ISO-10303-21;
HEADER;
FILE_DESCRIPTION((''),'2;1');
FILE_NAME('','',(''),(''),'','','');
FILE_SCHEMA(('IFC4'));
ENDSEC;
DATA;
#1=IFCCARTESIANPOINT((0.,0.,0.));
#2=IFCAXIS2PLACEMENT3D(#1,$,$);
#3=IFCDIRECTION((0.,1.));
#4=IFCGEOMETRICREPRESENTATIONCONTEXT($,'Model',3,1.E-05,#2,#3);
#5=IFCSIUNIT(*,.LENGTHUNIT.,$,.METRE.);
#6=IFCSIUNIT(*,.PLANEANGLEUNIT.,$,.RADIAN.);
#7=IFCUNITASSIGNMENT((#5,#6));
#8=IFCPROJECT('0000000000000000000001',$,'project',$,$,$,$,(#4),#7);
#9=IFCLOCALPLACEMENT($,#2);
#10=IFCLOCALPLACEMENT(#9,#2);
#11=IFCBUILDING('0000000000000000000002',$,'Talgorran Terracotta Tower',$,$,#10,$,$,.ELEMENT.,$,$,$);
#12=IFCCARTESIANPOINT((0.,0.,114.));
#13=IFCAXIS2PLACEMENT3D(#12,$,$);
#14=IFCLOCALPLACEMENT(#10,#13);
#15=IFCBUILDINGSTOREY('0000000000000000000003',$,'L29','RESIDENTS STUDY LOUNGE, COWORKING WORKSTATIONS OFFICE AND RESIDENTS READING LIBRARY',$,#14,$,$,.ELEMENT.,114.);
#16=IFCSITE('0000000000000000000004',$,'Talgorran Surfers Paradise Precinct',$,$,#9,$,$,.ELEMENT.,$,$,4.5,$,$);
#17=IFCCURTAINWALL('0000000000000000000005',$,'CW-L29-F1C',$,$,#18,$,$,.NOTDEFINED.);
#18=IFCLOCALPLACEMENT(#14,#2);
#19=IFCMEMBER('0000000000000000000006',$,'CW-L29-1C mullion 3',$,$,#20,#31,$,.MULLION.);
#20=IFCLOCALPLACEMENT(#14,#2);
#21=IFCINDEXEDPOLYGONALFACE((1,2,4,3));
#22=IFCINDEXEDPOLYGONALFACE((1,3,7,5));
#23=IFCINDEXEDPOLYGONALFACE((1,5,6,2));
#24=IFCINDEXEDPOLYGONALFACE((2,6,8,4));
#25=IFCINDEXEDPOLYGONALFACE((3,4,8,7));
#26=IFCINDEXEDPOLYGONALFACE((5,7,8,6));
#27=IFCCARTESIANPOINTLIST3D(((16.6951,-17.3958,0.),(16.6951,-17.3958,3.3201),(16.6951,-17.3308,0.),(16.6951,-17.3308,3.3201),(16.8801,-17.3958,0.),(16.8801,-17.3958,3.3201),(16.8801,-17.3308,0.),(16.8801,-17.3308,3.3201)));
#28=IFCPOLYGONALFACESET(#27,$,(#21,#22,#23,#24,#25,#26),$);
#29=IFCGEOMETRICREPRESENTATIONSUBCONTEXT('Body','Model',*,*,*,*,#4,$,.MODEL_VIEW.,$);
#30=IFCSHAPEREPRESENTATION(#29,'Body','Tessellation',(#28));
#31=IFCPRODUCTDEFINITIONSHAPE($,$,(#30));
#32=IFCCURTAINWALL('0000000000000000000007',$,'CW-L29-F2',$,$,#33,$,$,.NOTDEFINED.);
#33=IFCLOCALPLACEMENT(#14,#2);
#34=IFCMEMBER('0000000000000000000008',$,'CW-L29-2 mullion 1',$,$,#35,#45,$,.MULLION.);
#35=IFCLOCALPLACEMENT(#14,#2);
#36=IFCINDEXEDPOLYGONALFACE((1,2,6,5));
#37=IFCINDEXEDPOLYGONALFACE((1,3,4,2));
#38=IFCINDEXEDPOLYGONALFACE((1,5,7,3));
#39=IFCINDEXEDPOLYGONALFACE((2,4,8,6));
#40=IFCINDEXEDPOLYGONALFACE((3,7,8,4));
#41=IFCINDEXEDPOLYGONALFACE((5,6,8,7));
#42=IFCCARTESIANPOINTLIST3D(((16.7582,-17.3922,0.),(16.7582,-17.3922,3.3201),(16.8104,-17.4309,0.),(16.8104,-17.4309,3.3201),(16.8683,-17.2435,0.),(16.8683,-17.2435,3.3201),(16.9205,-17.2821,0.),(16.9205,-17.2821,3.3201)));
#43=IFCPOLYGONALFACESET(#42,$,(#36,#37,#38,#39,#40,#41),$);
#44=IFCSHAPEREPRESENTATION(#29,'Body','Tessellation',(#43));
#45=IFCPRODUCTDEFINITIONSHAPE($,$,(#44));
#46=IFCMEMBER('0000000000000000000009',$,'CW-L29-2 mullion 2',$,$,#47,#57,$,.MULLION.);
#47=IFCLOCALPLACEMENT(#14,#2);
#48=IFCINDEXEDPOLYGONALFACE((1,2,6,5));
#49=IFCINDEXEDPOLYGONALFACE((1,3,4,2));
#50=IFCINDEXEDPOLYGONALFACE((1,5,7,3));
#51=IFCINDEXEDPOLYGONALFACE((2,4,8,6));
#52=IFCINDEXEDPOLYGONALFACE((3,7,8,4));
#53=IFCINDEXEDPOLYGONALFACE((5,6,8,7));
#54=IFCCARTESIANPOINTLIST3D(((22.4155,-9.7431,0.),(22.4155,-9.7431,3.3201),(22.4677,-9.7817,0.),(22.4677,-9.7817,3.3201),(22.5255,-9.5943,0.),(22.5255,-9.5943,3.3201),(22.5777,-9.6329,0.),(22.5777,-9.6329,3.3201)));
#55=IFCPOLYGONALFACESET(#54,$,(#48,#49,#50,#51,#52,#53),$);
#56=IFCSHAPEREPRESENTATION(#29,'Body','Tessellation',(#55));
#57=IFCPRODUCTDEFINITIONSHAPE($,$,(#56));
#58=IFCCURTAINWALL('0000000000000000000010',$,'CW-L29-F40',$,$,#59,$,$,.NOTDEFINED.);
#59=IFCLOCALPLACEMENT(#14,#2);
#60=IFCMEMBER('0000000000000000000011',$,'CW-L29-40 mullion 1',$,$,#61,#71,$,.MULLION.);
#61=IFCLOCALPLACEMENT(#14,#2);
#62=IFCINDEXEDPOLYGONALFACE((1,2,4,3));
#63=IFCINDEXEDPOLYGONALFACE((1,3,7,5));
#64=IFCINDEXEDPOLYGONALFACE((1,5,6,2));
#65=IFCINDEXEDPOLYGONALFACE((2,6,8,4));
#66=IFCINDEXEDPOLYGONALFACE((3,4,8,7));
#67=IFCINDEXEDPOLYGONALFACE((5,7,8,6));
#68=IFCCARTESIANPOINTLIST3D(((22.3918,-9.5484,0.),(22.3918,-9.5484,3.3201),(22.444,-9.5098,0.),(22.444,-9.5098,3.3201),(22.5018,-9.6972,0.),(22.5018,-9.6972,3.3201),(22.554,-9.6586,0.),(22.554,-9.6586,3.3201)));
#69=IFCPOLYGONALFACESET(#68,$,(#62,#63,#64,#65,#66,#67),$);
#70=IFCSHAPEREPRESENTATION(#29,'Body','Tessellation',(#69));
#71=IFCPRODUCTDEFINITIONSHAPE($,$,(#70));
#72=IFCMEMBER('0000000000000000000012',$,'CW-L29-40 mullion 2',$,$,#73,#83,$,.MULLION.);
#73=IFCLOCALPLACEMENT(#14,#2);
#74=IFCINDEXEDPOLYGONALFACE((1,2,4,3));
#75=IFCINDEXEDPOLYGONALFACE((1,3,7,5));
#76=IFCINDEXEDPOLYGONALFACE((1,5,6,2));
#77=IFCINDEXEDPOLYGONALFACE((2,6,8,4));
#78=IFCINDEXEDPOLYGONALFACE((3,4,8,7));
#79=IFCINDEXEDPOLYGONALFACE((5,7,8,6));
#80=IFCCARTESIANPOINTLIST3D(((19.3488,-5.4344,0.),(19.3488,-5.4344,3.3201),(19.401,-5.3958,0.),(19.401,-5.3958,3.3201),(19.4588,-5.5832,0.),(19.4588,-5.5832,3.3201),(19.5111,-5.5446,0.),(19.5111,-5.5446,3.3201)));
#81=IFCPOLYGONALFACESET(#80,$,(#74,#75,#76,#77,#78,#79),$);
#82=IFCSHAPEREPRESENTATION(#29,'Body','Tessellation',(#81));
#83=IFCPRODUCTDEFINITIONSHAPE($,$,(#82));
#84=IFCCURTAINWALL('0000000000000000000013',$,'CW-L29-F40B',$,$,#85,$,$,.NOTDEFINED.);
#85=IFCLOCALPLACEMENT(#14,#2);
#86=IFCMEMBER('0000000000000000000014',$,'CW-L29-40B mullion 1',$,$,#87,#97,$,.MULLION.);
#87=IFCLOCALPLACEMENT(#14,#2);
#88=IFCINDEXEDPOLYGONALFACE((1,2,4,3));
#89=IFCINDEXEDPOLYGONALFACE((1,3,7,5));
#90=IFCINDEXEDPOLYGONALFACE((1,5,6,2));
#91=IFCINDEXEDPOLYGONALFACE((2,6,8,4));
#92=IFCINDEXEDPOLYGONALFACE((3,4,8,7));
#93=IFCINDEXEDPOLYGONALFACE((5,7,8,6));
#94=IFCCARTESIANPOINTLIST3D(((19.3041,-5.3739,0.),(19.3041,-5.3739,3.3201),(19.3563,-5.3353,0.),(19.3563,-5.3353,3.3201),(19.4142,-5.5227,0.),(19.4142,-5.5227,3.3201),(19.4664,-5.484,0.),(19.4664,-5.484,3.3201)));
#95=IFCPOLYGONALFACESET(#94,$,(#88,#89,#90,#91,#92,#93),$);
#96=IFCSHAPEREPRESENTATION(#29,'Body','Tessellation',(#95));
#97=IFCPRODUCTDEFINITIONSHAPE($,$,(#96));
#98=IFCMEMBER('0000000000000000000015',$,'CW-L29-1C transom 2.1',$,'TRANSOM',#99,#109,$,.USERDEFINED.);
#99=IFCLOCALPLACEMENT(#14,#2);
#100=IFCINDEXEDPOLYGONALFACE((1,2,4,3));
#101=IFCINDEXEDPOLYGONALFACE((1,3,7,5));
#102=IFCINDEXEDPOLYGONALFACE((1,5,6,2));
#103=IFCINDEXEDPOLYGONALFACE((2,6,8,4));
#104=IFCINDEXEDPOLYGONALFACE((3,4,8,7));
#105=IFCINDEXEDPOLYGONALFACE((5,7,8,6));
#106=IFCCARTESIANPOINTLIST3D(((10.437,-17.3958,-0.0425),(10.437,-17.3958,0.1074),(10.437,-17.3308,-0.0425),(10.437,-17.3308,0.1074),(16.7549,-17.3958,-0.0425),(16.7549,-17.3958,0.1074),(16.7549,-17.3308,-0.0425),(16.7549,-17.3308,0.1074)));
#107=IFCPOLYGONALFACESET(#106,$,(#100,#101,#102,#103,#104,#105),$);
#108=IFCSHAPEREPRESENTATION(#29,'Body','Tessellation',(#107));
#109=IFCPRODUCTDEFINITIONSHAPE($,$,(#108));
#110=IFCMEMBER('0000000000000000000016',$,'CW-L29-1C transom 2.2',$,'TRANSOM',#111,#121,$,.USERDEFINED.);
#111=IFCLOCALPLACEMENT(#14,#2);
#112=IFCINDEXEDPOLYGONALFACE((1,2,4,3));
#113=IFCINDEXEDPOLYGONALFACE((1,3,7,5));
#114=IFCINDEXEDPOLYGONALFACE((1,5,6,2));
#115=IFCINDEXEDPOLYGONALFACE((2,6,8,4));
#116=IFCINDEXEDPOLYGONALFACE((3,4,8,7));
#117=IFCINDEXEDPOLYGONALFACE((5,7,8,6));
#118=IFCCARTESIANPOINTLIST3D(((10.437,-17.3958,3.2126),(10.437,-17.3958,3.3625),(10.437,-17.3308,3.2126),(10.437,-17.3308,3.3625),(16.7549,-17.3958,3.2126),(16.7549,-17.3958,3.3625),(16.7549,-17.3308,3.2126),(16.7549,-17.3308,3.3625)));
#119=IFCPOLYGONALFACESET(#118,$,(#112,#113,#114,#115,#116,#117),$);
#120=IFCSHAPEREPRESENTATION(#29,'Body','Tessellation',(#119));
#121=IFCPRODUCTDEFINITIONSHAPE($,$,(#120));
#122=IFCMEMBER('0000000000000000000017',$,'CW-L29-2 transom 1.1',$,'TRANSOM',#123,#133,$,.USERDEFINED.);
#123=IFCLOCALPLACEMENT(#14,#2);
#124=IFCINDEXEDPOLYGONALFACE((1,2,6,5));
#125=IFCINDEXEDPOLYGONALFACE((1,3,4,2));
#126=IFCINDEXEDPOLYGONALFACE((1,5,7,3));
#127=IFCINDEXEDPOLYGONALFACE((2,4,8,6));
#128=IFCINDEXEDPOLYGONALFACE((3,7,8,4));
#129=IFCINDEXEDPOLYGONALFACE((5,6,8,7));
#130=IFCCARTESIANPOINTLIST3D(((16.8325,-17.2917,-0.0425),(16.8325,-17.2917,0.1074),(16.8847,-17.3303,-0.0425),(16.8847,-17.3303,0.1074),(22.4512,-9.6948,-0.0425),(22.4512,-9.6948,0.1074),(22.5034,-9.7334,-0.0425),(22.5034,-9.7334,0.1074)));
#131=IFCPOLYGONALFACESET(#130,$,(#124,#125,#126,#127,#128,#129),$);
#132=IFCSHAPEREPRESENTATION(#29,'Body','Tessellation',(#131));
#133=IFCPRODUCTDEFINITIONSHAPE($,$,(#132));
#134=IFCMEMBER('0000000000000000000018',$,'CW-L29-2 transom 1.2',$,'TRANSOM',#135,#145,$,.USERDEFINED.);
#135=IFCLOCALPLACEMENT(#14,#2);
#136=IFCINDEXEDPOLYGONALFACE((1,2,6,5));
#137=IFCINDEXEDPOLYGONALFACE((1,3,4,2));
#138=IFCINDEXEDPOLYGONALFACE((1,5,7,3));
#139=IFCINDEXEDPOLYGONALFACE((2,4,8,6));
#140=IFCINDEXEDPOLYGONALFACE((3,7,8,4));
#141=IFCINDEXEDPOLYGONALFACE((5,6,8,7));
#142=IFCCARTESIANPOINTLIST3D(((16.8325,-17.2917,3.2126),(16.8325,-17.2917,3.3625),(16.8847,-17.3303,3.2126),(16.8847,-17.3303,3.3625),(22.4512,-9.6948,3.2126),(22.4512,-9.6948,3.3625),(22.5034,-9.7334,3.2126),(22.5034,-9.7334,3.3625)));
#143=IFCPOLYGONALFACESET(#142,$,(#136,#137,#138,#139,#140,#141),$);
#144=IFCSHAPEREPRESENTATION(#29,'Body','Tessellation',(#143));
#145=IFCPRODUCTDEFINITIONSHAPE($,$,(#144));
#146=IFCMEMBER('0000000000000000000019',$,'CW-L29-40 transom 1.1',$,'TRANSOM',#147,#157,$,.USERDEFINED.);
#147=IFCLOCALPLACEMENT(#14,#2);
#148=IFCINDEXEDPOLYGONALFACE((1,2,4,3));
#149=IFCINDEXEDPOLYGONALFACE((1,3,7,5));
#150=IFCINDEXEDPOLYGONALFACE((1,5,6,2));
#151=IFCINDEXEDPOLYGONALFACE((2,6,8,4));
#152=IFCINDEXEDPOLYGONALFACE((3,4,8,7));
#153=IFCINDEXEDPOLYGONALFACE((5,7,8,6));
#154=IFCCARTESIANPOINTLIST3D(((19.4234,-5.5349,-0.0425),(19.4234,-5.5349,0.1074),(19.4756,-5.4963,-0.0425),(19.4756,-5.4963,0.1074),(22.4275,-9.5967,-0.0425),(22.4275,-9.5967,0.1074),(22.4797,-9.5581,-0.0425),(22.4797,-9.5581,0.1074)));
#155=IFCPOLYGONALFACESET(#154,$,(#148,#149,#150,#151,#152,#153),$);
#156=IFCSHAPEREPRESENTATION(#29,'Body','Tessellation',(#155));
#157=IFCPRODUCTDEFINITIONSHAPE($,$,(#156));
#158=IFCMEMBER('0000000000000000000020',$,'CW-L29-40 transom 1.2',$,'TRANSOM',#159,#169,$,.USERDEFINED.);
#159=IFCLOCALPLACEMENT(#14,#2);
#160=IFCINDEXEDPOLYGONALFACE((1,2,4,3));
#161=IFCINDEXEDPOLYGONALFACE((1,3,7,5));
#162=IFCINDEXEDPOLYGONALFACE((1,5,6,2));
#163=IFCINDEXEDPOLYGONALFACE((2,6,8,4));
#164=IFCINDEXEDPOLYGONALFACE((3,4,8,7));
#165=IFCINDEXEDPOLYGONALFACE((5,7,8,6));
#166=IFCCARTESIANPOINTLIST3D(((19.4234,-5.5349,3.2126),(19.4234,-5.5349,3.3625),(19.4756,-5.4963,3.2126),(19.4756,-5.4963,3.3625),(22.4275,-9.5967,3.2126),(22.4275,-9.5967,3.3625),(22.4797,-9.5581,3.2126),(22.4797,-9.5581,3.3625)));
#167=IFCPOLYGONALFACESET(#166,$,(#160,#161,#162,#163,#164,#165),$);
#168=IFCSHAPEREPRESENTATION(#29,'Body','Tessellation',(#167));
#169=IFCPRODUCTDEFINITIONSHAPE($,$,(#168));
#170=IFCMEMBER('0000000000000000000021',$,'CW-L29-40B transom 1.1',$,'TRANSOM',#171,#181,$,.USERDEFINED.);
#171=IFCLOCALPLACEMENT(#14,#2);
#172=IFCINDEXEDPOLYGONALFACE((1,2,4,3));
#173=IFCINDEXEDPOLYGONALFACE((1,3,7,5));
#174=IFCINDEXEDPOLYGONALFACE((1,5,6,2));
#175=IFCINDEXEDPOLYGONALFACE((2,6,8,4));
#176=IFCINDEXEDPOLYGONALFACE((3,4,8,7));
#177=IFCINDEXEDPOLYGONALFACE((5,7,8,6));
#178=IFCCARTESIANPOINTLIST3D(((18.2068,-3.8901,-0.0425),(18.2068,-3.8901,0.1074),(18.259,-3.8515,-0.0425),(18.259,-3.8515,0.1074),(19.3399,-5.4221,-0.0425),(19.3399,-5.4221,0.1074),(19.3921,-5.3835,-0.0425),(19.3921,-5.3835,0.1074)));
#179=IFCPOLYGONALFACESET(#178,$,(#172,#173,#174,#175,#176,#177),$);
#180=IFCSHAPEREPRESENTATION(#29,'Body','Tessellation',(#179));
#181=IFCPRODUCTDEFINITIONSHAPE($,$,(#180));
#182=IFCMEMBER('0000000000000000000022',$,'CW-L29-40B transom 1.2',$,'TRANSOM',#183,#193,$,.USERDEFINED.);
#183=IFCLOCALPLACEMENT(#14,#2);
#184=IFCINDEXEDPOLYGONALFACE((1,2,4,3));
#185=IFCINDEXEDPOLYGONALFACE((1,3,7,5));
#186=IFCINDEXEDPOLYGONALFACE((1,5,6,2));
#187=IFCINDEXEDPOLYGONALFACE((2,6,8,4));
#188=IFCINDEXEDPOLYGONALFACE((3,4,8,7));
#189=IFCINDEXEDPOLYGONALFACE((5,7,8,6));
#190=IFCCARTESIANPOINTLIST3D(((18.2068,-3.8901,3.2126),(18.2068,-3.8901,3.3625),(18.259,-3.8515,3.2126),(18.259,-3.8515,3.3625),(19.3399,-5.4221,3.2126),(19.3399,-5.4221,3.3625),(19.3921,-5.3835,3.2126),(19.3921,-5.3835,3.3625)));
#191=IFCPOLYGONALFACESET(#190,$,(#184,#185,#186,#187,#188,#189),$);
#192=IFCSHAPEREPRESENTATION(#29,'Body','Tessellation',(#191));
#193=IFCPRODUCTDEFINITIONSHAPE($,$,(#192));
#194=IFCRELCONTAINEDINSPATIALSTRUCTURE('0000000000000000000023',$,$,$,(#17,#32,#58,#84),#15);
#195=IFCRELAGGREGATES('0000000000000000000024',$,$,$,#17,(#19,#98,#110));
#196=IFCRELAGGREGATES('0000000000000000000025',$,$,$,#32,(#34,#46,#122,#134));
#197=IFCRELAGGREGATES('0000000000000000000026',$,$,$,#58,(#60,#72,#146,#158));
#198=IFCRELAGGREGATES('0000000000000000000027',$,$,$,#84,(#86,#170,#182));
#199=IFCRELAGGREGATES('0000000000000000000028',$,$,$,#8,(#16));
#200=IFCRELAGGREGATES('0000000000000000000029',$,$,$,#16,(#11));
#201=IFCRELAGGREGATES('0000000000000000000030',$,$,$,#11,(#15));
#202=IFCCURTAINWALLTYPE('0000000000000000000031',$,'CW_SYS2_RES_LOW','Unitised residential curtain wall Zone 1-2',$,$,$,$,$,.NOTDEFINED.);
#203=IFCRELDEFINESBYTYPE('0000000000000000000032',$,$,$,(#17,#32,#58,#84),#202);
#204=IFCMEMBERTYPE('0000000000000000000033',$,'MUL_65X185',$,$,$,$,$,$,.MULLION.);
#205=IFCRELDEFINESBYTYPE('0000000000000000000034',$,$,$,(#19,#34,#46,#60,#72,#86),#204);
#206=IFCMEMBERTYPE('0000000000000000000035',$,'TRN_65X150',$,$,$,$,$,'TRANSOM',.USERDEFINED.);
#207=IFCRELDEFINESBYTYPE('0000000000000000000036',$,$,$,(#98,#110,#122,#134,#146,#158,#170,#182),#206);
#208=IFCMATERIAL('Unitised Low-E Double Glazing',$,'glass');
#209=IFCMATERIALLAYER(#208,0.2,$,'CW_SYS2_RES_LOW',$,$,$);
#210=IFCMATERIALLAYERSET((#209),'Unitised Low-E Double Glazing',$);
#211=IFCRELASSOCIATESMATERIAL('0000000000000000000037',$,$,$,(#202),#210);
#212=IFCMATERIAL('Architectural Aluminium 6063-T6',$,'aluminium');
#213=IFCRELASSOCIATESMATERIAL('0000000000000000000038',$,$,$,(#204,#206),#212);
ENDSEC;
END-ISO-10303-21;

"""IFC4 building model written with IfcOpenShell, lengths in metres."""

from ifc_helpers import new_model, si_unit, direction, frame, origin, origin_2d, place, context, subcontext, project, spatial, rectangle, extrude, material, layer, layer_set, material_profile, profile_set, type_object, element, aggregate, save


model = new_model("IFC4")

# Units and contexts
model_context = context("Model", 3, precision=1e-05, world=origin(), true_north=direction((0.0, 1.0)))
body_context = subcontext(model_context, "Body", "Model", "MODEL_VIEW")
ifc_project = project(units=[si_unit("LENGTHUNIT", "METRE"), si_unit("PLANEANGLEUNIT", "RADIAN")], contexts=[model_context])

# Site, building, storey
site_placement = place(None, origin())
site = spatial("IfcSite", under=ifc_project, at=site_placement, Name="Talgorran Surfers Paradise Precinct", CompositionType="ELEMENT", RefElevation=4.5)
building_placement = place(site_placement, origin())
building = spatial("IfcBuilding", under=site, at=building_placement, Name="Talgorran Terracotta Tower", CompositionType="ELEMENT")
storey_placement = place(building_placement, frame((0.0, 0.0, 114.0)))
storey = spatial("IfcBuildingStorey", under=building, at=storey_placement, Name="L29", Description="RESIDENTS STUDY LOUNGE, COWORKING WORKSTATIONS OFFICE AND RESIDENTS READING LIBRARY", CompositionType="ELEMENT", Elevation=114.0)

# Curtain walls, members
ifc_material_1 = material(Name="Unitised Low-E Double Glazing", Category="glass")
ifc_layer_1 = layer(ifc_material_1, 0.2, Name="CW_SYS2_RES_LOW")
ifc_layer_set_1 = layer_set([ifc_layer_1], Name="Unitised Low-E Double Glazing")
curtain_wall_type = type_object("IfcCurtainWallType", Name="CW_SYS2_RES_LOW", Description="Unitised residential curtain wall Zone 1-2", PredefinedType="NOTDEFINED", material=ifc_layer_set_1)
curtain_wall_1_placement = place(storey_placement, origin())
curtain_wall_1 = element("IfcCurtainWall", 1, at=curtain_wall_1_placement, inside=storey, type_object=curtain_wall_type, Name="CW-L29-F1C", PredefinedType="NOTDEFINED")
ifc_material_2 = material(Name="Architectural Aluminium 6063-T6", Category="aluminium")
ifc_material_profile_1 = material_profile(ifc_material_2, rectangle(XDim=0.0649, YDim=0.1851, at=origin_2d()), Name="CWM65X185")
ifc_profile_set_1 = profile_set([ifc_material_profile_1], Name="Architectural Aluminium 6063-T6")
member_type_1 = type_object("IfcMemberType", Name="MUL_65X185", PredefinedType="MULLION", material=ifc_profile_set_1)
member_1_placement = place(storey_placement, frame((16.7876, -17.3633, 0.0), z_axis=(0.0, 0.0, 1.0), x_axis=(0.0, 1.0, 0.0)))
member_1 = element("IfcMember", 2, at=member_1_placement, type_object=member_type_1, Name="CW-L29-1C mullion 3", PredefinedType="MULLION", context=body_context, shape_type="SweptSolid", body=[
    extrude(rectangle(XDim=0.0649, YDim=0.1851, at=origin_2d()), origin(), (0.0, 0.0, 1.0), 3.3201),
])
curtain_wall_2_placement = place(storey_placement, origin())
curtain_wall_2 = element("IfcCurtainWall", 3, at=curtain_wall_2_placement, inside=storey, type_object=curtain_wall_type, Name="CW-L29-F2", PredefinedType="NOTDEFINED")
member_2_placement = place(storey_placement, frame((16.8394, -17.3372, 0.0), z_axis=(0.0, 0.0, 1.0), x_axis=(-0.803993, 0.594638, 0.0)))
member_2 = element("IfcMember", 4, at=member_2_placement, type_object=member_type_1, Name="CW-L29-2 mullion 1", PredefinedType="MULLION", context=body_context, shape_type="SweptSolid", body=[
    extrude(rectangle(XDim=0.0649, YDim=0.1851, at=origin_2d()), origin(), (0.0, 0.0, 1.0), 3.3201),
])
member_3_placement = place(storey_placement, frame((22.4966, -9.688, 0.0), z_axis=(0.0, 0.0, 1.0), x_axis=(-0.803993, 0.594638, 0.0)))
member_3 = element("IfcMember", 5, at=member_3_placement, type_object=member_type_1, Name="CW-L29-2 mullion 2", PredefinedType="MULLION", context=body_context, shape_type="SweptSolid", body=[
    extrude(rectangle(XDim=0.0649, YDim=0.1851, at=origin_2d()), origin(), (0.0, 0.0, 1.0), 3.3201),
])
curtain_wall_3_placement = place(storey_placement, origin())
curtain_wall_3 = element("IfcCurtainWall", 6, at=curtain_wall_3_placement, inside=storey, type_object=curtain_wall_type, Name="CW-L29-F40", PredefinedType="NOTDEFINED")
member_4_placement = place(storey_placement, frame((22.4729, -9.6035, 0.0), z_axis=(0.0, 0.0, 1.0), x_axis=(-0.803993, -0.594639, 0.0)))
member_4 = element("IfcMember", 7, at=member_4_placement, type_object=member_type_1, Name="CW-L29-40 mullion 1", PredefinedType="MULLION", context=body_context, shape_type="SweptSolid", body=[
    extrude(rectangle(XDim=0.0649, YDim=0.1851, at=origin_2d()), origin(), (0.0, 0.0, 1.0), 3.3201),
])
member_5_placement = place(storey_placement, frame((19.4299, -5.4895, 0.0), z_axis=(0.0, 0.0, 1.0), x_axis=(-0.803993, -0.594639, 0.0)))
member_5 = element("IfcMember", 8, at=member_5_placement, type_object=member_type_1, Name="CW-L29-40 mullion 2", PredefinedType="MULLION", context=body_context, shape_type="SweptSolid", body=[
    extrude(rectangle(XDim=0.0649, YDim=0.1851, at=origin_2d()), origin(), (0.0, 0.0, 1.0), 3.3201),
])

# Curtain wall, member
curtain_wall_4_placement = place(storey_placement, origin())
curtain_wall_4 = element("IfcCurtainWall", 9, at=curtain_wall_4_placement, inside=storey, type_object=curtain_wall_type, Name="CW-L29-F40B", PredefinedType="NOTDEFINED")
member_6_placement = place(storey_placement, frame((19.3853, -5.429, 0.0), z_axis=(0.0, 0.0, 1.0), x_axis=(-0.803996, -0.594634, 0.0)))
member_6 = element("IfcMember", 10, at=member_6_placement, type_object=member_type_1, Name="CW-L29-40B mullion 1", PredefinedType="MULLION", context=body_context, shape_type="SweptSolid", body=[
    extrude(rectangle(XDim=0.0649, YDim=0.1851, at=origin_2d()), origin(), (0.0, 0.0, 1.0), 3.3201),
])

# Members
ifc_material_profile_2 = material_profile(ifc_material_2, rectangle(XDim=0.0649, YDim=0.1499, at=origin_2d()), Name="CWT65X150")
ifc_profile_set_2 = profile_set([ifc_material_profile_2], Name="Architectural Aluminium 6063-T6")
member_type_2 = type_object("IfcMemberType", Name="TRN_65X150", ElementType="TRANSOM", PredefinedType="USERDEFINED", material=ifc_profile_set_2)
member_7_placement = place(storey_placement, frame((10.437, -17.3633, 0.0325), z_axis=(1.0, 0.0, 0.0), x_axis=(0.0, 1.0, 0.0)))
member_7 = element("IfcMember", 11, at=member_7_placement, type_object=member_type_2, Name="CW-L29-1C transom 2.1", ObjectType="TRANSOM", PredefinedType="USERDEFINED", context=body_context, shape_type="SweptSolid", body=[
    extrude(rectangle(XDim=0.0649, YDim=0.1499, at=origin_2d()), origin(), (0.0, 0.0, 1.0), 6.3179),
])
member_8_placement = place(storey_placement, frame((10.437, -17.3633, 3.2876), z_axis=(1.0, 0.0, 0.0), x_axis=(0.0, 1.0, 0.0)))
member_8 = element("IfcMember", 12, at=member_8_placement, type_object=member_type_2, Name="CW-L29-1C transom 2.2", ObjectType="TRANSOM", PredefinedType="USERDEFINED", context=body_context, shape_type="SweptSolid", body=[
    extrude(rectangle(XDim=0.0649, YDim=0.1499, at=origin_2d()), origin(), (0.0, 0.0, 1.0), 6.3179),
])
member_9_placement = place(storey_placement, frame((16.8586, -17.311, 0.0325), z_axis=(0.594633, 0.803997, 0.0), x_axis=(-0.803997, 0.594633, 0.0)))
member_9 = element("IfcMember", 13, at=member_9_placement, type_object=member_type_2, Name="CW-L29-2 transom 1.1", ObjectType="TRANSOM", PredefinedType="USERDEFINED", context=body_context, shape_type="SweptSolid", body=[
    extrude(rectangle(XDim=0.0649, YDim=0.1499, at=origin_2d()), origin(), (0.0, 0.0, 1.0), 9.449),
])
member_10_placement = place(storey_placement, frame((16.8586, -17.311, 3.2876), z_axis=(0.594633, 0.803997, 0.0), x_axis=(-0.803997, 0.594633, 0.0)))
member_10 = element("IfcMember", 14, at=member_10_placement, type_object=member_type_2, Name="CW-L29-2 transom 1.2", ObjectType="TRANSOM", PredefinedType="USERDEFINED", context=body_context, shape_type="SweptSolid", body=[
    extrude(rectangle(XDim=0.0649, YDim=0.1499, at=origin_2d()), origin(), (0.0, 0.0, 1.0), 9.449),
])
member_11_placement = place(storey_placement, frame((22.4536, -9.5774, 0.0325), z_axis=(-0.594644, 0.803989, 0.0), x_axis=(-0.803989, -0.594644, 0.0)))
member_11 = element("IfcMember", 15, at=member_11_placement, type_object=member_type_2, Name="CW-L29-40 transom 1.1", ObjectType="TRANSOM", PredefinedType="USERDEFINED", context=body_context, shape_type="SweptSolid", body=[
    extrude(rectangle(XDim=0.0649, YDim=0.1499, at=origin_2d()), origin(), (0.0, 0.0, 1.0), 5.052),
])
member_12_placement = place(storey_placement, frame((22.4536, -9.5774, 3.2876), z_axis=(-0.594644, 0.803989, 0.0), x_axis=(-0.803989, -0.594644, 0.0)))
member_12 = element("IfcMember", 16, at=member_12_placement, type_object=member_type_2, Name="CW-L29-40 transom 1.2", ObjectType="TRANSOM", PredefinedType="USERDEFINED", context=body_context, shape_type="SweptSolid", body=[
    extrude(rectangle(XDim=0.0649, YDim=0.1499, at=origin_2d()), origin(), (0.0, 0.0, 1.0), 5.052),
])
member_13_placement = place(storey_placement, frame((19.366, -5.4028, 0.0325), z_axis=(-0.594636, 0.803995, 0.0), x_axis=(-0.803995, -0.594636, 0.0)))
member_13 = element("IfcMember", 17, at=member_13_placement, type_object=member_type_2, Name="CW-L29-40B transom 1.1", ObjectType="TRANSOM", PredefinedType="USERDEFINED", context=body_context, shape_type="SweptSolid", body=[
    extrude(rectangle(XDim=0.0649, YDim=0.1499, at=origin_2d()), origin(), (0.0, 0.0, 1.0), 1.9055),
])
member_14_placement = place(storey_placement, frame((19.366, -5.4028, 3.2876), z_axis=(-0.594636, 0.803995, 0.0), x_axis=(-0.803995, -0.594636, 0.0)))
member_14 = element("IfcMember", 18, at=member_14_placement, type_object=member_type_2, Name="CW-L29-40B transom 1.2", ObjectType="TRANSOM", PredefinedType="USERDEFINED", context=body_context, shape_type="SweptSolid", body=[
    extrude(rectangle(XDim=0.0649, YDim=0.1499, at=origin_2d()), origin(), (0.0, 0.0, 1.0), 1.9055),
])

aggregate(curtain_wall_1, [member_1, member_7, member_8])
aggregate(curtain_wall_2, [member_2, member_3, member_9, member_10])
aggregate(curtain_wall_3, [member_4, member_5, member_11, member_12])
aggregate(curtain_wall_4, [member_6, member_13, member_14])

save(model, "model.ifc")
